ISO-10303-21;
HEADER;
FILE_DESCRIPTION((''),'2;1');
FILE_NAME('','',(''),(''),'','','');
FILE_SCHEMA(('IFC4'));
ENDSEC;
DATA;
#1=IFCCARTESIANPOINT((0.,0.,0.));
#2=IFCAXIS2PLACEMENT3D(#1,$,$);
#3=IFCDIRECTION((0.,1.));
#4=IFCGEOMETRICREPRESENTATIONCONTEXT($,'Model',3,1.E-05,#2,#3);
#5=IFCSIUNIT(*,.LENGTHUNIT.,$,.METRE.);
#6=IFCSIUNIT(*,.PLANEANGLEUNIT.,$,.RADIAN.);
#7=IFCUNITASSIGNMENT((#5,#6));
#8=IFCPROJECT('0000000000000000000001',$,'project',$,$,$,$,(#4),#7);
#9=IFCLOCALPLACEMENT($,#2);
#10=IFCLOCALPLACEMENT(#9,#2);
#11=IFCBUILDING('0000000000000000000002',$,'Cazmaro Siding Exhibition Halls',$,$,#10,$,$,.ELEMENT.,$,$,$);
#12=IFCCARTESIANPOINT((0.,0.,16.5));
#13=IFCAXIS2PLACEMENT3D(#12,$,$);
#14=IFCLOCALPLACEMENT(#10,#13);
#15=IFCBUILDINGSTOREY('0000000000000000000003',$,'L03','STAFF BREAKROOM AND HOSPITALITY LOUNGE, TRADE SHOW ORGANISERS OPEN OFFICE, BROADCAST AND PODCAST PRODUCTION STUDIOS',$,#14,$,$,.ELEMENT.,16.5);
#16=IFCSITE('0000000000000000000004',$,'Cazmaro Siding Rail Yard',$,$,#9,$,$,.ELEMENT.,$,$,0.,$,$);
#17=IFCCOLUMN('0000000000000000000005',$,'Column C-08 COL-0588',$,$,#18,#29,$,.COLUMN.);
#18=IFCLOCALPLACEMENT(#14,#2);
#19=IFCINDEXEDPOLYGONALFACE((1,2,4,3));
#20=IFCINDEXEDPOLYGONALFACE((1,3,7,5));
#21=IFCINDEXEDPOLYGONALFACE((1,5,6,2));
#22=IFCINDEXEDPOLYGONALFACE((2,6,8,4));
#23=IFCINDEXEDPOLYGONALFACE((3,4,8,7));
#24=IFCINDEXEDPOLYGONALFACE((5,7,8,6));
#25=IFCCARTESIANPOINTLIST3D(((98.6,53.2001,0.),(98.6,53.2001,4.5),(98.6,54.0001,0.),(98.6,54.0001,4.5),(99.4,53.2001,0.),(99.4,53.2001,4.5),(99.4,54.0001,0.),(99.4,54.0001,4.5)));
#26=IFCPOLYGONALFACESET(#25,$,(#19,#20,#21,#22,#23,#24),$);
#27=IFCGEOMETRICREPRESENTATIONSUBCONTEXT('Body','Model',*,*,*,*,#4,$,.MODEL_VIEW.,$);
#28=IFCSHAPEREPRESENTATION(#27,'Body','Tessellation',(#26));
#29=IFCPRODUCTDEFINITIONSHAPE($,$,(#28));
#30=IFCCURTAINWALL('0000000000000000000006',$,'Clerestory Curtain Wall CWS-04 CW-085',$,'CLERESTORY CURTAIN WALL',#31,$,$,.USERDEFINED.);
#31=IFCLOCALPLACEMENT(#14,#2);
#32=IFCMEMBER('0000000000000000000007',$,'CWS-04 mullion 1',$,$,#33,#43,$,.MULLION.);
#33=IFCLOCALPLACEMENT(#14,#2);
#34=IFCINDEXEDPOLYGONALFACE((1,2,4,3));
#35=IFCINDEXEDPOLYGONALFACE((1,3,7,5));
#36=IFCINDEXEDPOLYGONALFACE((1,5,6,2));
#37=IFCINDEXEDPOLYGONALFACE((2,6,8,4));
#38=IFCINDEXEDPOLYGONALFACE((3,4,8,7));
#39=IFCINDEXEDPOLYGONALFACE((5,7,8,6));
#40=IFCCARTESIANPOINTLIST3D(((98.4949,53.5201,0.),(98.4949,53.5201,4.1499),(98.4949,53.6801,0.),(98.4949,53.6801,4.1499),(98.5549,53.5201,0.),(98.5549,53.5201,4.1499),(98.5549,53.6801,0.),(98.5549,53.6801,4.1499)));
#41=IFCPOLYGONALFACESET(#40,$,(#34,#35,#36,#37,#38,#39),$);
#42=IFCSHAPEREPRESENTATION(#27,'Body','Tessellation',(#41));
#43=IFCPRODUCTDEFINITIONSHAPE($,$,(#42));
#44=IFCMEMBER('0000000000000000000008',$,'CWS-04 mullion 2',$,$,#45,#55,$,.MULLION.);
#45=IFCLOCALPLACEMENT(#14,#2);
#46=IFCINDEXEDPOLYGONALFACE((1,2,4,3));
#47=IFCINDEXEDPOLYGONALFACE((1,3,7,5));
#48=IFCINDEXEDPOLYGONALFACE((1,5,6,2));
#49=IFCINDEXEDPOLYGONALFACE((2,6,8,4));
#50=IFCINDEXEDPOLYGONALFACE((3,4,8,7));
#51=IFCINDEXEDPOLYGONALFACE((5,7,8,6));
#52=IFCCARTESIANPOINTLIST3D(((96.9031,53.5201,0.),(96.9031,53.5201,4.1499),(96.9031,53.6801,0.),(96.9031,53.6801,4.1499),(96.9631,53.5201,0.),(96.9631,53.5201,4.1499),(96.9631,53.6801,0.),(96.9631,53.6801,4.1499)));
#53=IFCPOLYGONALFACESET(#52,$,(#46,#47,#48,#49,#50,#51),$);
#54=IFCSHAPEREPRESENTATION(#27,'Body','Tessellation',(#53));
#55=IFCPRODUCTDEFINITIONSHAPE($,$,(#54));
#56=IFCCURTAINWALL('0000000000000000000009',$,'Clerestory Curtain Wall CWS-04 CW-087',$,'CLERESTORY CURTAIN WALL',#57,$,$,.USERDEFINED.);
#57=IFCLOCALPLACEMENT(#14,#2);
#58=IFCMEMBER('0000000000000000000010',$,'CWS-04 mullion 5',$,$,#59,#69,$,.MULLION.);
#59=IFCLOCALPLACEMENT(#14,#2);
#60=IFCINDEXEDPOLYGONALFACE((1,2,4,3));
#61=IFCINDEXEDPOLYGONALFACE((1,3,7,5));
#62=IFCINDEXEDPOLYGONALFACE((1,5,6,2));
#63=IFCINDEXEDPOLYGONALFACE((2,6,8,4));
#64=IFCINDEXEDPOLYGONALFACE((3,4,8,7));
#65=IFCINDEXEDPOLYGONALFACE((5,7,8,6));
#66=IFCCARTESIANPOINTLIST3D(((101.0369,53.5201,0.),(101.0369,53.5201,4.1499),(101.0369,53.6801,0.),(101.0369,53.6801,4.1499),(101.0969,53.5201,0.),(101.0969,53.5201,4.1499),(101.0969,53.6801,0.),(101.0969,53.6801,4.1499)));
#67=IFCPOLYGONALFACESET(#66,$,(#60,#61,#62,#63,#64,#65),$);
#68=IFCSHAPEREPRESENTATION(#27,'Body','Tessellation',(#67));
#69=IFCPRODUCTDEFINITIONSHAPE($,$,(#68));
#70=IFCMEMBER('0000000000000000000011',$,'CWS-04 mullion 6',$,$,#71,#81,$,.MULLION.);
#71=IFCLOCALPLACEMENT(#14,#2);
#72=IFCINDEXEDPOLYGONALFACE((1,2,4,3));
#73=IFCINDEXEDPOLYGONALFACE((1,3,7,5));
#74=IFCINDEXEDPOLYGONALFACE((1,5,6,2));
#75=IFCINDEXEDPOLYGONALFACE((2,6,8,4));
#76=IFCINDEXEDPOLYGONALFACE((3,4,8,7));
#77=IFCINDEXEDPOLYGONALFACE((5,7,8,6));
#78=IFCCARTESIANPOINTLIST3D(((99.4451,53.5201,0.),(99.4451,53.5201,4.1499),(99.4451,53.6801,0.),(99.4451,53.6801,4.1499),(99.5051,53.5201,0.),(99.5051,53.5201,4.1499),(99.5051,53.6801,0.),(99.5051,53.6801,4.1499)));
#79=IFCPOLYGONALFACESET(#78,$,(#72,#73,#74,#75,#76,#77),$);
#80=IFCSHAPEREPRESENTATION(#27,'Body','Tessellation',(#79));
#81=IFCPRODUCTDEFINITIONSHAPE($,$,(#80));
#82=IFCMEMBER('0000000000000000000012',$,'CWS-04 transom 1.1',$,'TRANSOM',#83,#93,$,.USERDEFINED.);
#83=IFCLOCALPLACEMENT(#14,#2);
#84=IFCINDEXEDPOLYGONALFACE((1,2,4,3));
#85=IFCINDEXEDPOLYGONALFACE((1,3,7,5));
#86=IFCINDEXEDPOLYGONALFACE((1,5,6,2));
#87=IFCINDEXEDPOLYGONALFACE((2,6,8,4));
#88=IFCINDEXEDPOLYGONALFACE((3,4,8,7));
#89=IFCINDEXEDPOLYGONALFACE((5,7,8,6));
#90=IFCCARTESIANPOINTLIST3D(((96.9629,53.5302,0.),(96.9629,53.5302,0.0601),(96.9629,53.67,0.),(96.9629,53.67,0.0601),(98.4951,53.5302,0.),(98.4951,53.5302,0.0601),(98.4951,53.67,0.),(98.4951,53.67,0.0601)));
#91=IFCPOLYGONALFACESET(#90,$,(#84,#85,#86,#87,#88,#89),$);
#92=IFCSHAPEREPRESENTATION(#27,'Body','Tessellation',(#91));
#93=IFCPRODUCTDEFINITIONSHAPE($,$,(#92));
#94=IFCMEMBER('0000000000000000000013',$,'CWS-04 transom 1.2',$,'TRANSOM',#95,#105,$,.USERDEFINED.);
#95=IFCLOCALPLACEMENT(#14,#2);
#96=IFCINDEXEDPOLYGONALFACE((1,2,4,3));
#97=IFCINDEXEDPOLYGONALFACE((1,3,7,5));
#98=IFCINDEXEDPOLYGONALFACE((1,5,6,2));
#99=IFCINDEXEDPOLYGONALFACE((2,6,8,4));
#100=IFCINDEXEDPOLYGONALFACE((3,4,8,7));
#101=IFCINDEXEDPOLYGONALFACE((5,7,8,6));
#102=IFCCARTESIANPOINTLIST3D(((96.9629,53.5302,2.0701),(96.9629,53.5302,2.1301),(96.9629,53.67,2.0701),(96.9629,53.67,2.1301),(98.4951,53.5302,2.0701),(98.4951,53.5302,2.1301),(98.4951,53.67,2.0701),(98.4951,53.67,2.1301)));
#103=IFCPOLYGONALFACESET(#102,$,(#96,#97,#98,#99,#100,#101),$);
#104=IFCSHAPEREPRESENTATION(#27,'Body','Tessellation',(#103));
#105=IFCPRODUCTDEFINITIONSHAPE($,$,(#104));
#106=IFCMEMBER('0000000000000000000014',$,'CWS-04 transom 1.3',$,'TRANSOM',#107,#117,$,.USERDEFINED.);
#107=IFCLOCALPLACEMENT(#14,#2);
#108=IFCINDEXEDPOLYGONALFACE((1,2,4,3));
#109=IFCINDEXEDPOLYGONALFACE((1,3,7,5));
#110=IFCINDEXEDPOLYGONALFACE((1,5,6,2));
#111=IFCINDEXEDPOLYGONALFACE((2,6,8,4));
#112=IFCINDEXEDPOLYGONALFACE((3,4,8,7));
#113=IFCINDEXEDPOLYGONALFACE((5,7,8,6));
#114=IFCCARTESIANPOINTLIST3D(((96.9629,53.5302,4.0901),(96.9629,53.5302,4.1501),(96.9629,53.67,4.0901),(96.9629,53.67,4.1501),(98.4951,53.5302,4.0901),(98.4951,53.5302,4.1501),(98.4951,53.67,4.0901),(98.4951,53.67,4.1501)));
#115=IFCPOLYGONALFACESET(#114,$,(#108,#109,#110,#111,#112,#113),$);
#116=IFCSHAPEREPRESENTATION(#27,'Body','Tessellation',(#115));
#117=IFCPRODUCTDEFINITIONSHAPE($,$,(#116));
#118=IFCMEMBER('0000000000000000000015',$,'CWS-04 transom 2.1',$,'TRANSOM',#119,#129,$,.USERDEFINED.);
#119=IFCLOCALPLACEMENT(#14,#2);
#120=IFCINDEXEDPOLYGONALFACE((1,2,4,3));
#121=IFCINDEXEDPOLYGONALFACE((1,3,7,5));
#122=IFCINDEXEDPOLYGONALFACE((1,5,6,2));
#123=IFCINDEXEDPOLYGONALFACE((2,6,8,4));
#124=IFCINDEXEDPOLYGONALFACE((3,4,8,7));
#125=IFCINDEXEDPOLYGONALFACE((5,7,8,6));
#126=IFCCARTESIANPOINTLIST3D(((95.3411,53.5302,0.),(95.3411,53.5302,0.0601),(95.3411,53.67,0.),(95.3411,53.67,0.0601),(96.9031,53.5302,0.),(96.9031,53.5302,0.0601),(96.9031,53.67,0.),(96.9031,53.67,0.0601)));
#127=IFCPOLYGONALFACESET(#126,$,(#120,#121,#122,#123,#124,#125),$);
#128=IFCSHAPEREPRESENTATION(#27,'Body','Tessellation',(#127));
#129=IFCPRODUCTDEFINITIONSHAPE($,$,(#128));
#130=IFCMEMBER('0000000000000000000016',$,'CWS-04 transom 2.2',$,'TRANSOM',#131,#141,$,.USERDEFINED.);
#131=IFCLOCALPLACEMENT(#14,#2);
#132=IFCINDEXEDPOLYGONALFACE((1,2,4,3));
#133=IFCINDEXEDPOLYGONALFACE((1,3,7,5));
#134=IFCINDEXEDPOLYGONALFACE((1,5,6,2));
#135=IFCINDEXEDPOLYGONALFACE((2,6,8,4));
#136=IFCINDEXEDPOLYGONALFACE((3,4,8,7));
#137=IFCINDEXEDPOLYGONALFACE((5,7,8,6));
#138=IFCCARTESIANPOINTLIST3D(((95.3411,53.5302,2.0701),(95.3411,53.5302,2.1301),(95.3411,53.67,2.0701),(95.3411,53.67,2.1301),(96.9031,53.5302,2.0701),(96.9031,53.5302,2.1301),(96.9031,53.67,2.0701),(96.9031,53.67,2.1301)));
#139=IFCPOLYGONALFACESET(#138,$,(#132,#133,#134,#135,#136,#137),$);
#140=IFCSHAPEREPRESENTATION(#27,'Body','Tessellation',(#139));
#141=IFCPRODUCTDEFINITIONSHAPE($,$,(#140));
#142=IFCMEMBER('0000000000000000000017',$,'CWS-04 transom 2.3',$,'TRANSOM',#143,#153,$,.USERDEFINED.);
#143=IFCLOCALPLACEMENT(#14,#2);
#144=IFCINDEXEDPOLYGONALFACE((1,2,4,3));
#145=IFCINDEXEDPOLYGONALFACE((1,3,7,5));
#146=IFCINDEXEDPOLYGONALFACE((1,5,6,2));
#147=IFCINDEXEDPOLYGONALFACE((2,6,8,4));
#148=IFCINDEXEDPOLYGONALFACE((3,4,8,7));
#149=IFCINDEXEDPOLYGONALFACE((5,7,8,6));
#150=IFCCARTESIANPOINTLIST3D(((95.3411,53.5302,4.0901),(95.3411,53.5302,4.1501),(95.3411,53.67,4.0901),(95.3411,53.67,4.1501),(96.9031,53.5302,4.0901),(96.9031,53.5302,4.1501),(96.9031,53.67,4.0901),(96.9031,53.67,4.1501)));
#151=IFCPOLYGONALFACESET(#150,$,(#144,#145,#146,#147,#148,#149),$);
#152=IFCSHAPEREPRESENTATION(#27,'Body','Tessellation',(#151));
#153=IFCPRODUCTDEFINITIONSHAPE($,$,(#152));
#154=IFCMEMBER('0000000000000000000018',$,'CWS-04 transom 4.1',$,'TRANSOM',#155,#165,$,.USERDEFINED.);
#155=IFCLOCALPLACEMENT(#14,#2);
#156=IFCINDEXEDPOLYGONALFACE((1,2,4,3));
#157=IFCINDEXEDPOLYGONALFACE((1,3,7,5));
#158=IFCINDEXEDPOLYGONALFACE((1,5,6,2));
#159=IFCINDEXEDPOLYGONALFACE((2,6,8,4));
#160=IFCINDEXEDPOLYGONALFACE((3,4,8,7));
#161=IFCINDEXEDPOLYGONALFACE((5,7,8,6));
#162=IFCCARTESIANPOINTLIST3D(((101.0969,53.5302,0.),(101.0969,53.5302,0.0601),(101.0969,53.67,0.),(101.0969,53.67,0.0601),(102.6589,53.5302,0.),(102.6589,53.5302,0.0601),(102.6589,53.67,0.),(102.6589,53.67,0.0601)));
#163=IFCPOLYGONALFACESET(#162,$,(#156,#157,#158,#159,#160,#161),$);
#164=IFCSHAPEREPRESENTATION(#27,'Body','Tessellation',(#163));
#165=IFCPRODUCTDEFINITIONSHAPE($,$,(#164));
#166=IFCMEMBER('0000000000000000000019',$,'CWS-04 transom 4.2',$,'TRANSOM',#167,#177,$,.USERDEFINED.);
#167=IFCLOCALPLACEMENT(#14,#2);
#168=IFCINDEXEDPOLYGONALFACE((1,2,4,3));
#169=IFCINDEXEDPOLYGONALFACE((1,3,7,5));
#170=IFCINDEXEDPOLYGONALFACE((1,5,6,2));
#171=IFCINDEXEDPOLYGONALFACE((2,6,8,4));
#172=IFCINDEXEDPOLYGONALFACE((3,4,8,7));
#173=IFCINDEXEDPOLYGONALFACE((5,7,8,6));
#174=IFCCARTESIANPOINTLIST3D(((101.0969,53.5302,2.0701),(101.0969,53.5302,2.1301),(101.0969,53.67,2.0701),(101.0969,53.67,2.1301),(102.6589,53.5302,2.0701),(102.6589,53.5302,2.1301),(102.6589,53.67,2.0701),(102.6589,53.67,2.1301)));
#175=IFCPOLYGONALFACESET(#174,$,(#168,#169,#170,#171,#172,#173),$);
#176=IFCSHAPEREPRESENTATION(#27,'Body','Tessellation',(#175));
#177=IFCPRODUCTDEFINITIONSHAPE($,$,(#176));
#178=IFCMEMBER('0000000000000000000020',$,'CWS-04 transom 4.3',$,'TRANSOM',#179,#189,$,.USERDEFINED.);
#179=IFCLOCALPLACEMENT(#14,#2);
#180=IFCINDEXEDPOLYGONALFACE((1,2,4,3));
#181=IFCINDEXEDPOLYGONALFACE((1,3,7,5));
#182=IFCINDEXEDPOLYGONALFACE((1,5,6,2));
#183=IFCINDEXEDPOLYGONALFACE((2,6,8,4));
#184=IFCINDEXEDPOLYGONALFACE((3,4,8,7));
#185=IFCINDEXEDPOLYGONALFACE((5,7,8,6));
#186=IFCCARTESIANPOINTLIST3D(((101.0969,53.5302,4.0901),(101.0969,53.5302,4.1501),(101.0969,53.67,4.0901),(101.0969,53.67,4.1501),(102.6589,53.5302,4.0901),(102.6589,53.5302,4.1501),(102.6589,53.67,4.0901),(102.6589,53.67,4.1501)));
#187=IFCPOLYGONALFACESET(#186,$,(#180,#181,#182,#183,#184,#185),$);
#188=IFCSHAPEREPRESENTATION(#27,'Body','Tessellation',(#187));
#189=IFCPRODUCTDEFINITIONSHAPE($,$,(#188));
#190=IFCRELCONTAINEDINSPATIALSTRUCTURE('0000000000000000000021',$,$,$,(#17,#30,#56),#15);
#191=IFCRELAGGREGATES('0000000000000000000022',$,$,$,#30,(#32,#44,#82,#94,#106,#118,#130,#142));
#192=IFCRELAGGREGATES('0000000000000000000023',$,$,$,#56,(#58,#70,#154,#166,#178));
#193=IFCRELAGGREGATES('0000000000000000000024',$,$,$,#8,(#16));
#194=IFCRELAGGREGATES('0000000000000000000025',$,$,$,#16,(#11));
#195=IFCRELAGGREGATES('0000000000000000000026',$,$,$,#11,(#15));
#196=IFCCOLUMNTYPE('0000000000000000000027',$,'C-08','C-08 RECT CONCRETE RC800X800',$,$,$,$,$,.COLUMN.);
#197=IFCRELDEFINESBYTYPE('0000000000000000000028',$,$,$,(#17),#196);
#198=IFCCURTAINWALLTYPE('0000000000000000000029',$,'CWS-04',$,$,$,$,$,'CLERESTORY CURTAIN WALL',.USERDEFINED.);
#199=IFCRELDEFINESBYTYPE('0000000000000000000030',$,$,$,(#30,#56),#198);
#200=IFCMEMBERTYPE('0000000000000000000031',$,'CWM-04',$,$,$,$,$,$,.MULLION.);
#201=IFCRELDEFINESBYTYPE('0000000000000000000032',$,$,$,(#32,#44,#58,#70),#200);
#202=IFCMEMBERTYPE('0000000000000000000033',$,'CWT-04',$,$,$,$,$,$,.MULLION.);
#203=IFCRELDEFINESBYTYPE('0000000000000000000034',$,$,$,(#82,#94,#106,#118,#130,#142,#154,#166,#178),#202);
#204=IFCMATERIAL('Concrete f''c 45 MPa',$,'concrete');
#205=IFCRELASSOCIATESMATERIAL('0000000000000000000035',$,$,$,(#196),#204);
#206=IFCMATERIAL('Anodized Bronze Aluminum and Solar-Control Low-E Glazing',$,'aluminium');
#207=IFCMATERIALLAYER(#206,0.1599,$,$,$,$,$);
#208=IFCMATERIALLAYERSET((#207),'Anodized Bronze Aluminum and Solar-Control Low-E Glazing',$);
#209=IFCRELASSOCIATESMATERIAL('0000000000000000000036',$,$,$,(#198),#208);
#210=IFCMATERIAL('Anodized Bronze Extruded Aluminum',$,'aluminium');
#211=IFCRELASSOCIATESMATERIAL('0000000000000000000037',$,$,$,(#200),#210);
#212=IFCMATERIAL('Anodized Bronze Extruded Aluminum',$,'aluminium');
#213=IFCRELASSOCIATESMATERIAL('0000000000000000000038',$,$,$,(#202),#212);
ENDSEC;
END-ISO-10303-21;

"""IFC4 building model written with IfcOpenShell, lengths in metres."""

from ifc_helpers import new_model, si_unit, direction, frame, origin, origin_2d, place, context, subcontext, project, spatial, rectangle, extrude, material, layer, layer_set, material_profile, profile_set, type_object, element, aggregate, save


model = new_model("IFC4")

# Units and contexts
model_context = context("Model", 3, precision=1e-05, world=origin(), true_north=direction((0.0, 1.0)))
body_context = subcontext(model_context, "Body", "Model", "MODEL_VIEW")
ifc_project = project(units=[si_unit("LENGTHUNIT", "METRE"), si_unit("PLANEANGLEUNIT", "RADIAN")], contexts=[model_context])

# Site, building, storey
site_placement = place(None, origin())
site = spatial("IfcSite", under=ifc_project, at=site_placement, Name="Cazmaro Siding Rail Yard", CompositionType="ELEMENT", RefElevation=0.0)
building_placement = place(site_placement, origin())
building = spatial("IfcBuilding", under=site, at=building_placement, Name="Cazmaro Siding Exhibition Halls", CompositionType="ELEMENT")
storey_placement = place(building_placement, frame((0.0, 0.0, 16.5)))
storey = spatial("IfcBuildingStorey", under=building, at=storey_placement, Name="L03", Description="STAFF BREAKROOM AND HOSPITALITY LOUNGE, TRADE SHOW ORGANISERS OPEN OFFICE, BROADCAST AND PODCAST PRODUCTION STUDIOS", CompositionType="ELEMENT", Elevation=16.5)

# Column
ifc_material_1 = material(Name="Concrete f'c 45 MPa", Category="concrete")
ifc_material_profile_1 = material_profile(ifc_material_1, rectangle(XDim=0.8, YDim=0.8, at=origin_2d()), Name="RC800X800")
ifc_profile_set_1 = profile_set([ifc_material_profile_1], Name="Concrete f'c 45 MPa")
column_type = type_object("IfcColumnType", Name="C-08", Description="C-08 RECT CONCRETE RC800X800", PredefinedType="COLUMN", material=ifc_profile_set_1)
column_placement = place(storey_placement, frame((99.0, 53.6001, 0.0), z_axis=(0.0, 0.0, 1.0), x_axis=(1.0, 0.0, 0.0)))
element("IfcColumn", 1, at=column_placement, inside=storey, type_object=column_type, Name="Column C-08 COL-0588", PredefinedType="COLUMN", context=body_context, shape_type="SweptSolid", body=[
    extrude(rectangle(XDim=0.8, YDim=0.8, at=origin_2d()), origin(), (0.0, 0.0, 1.0), 4.5),
])

# Curtain walls, members
ifc_material_2 = material(Name="Anodized Bronze Aluminum and Solar-Control Low-E Glazing", Category="aluminium")
ifc_layer_1 = layer(ifc_material_2, 0.1599)
ifc_layer_set_1 = layer_set([ifc_layer_1], Name="Anodized Bronze Aluminum and Solar-Control Low-E Glazing")
curtain_wall_type = type_object("IfcCurtainWallType", Name="CWS-04", ElementType="CLERESTORY CURTAIN WALL", PredefinedType="USERDEFINED", material=ifc_layer_set_1)
curtain_wall_1_placement = place(storey_placement, origin())
curtain_wall_1 = element("IfcCurtainWall", 2, at=curtain_wall_1_placement, inside=storey, type_object=curtain_wall_type, Name="Clerestory Curtain Wall CWS-04 CW-085", ObjectType="CLERESTORY CURTAIN WALL", PredefinedType="USERDEFINED")
ifc_material_3 = material(Name="Anodized Bronze Extruded Aluminum", Category="aluminium")
ifc_material_profile_2 = material_profile(ifc_material_3, rectangle(XDim=0.1599, YDim=0.0601, at=origin_2d()), Name="CWM-04")
ifc_profile_set_2 = profile_set([ifc_material_profile_2], Name="Anodized Bronze Extruded Aluminum")
member_type_1 = type_object("IfcMemberType", Name="CWM-04", PredefinedType="MULLION", material=ifc_profile_set_2)
member_1_placement = place(storey_placement, frame((98.5249, 53.6001, 0.0), z_axis=(0.0, 0.0, 1.0), x_axis=(0.0, -1.0, 0.0)))
member_1 = element("IfcMember", 3, at=member_1_placement, type_object=member_type_1, Name="CWS-04 mullion 1", PredefinedType="MULLION", context=body_context, shape_type="SweptSolid", body=[
    extrude(rectangle(XDim=0.1599, YDim=0.0601, at=origin_2d()), origin(), (0.0, 0.0, 1.0), 4.1499),
])
member_2_placement = place(storey_placement, frame((96.9331, 53.6001, 0.0), z_axis=(0.0, 0.0, 1.0), x_axis=(0.0, -1.0, 0.0)))
member_2 = element("IfcMember", 4, at=member_2_placement, type_object=member_type_1, Name="CWS-04 mullion 2", PredefinedType="MULLION", context=body_context, shape_type="SweptSolid", body=[
    extrude(rectangle(XDim=0.1599, YDim=0.0601, at=origin_2d()), origin(), (0.0, 0.0, 1.0), 4.1499),
])
curtain_wall_2_placement = place(storey_placement, origin())
curtain_wall_2 = element("IfcCurtainWall", 5, at=curtain_wall_2_placement, inside=storey, type_object=curtain_wall_type, Name="Clerestory Curtain Wall CWS-04 CW-087", ObjectType="CLERESTORY CURTAIN WALL", PredefinedType="USERDEFINED")
member_3_placement = place(storey_placement, frame((101.0669, 53.6001, 0.0), z_axis=(0.0, 0.0, 1.0), x_axis=(0.0, -1.0, 0.0)))
member_3 = element("IfcMember", 6, at=member_3_placement, type_object=member_type_1, Name="CWS-04 mullion 5", PredefinedType="MULLION", context=body_context, shape_type="SweptSolid", body=[
    extrude(rectangle(XDim=0.1599, YDim=0.0601, at=origin_2d()), origin(), (0.0, 0.0, 1.0), 4.1499),
])
member_4_placement = place(storey_placement, frame((99.4751, 53.6001, 0.0), z_axis=(0.0, 0.0, 1.0), x_axis=(0.0, -1.0, 0.0)))
member_4 = element("IfcMember", 7, at=member_4_placement, type_object=member_type_1, Name="CWS-04 mullion 6", PredefinedType="MULLION", context=body_context, shape_type="SweptSolid", body=[
    extrude(rectangle(XDim=0.1599, YDim=0.0601, at=origin_2d()), origin(), (0.0, 0.0, 1.0), 4.1499),
])

# Members
ifc_material_4 = material(Name="Anodized Bronze Extruded Aluminum", Category="aluminium")
ifc_material_profile_3 = material_profile(ifc_material_4, rectangle(XDim=0.1399, YDim=0.0601, at=origin_2d()), Name="CWT-04")
ifc_profile_set_3 = profile_set([ifc_material_profile_3], Name="Anodized Bronze Extruded Aluminum")
member_type_2 = type_object("IfcMemberType", Name="CWT-04", PredefinedType="MULLION", material=ifc_profile_set_3)
member_5_placement = place(storey_placement, frame((98.4951, 53.6001, 0.03), z_axis=(-1.0, 0.0, 0.0), x_axis=(0.0, -1.0, 0.0)))
member_5 = element("IfcMember", 8, at=member_5_placement, type_object=member_type_2, Name="CWS-04 transom 1.1", ObjectType="TRANSOM", PredefinedType="USERDEFINED", context=body_context, shape_type="SweptSolid", body=[
    extrude(rectangle(XDim=0.1399, YDim=0.0601, at=origin_2d()), origin(), (0.0, 0.0, 1.0), 1.5322),
])
member_6_placement = place(storey_placement, frame((98.4951, 53.6001, 2.1001), z_axis=(-1.0, 0.0, 0.0), x_axis=(0.0, -1.0, 0.0)))
member_6 = element("IfcMember", 9, at=member_6_placement, type_object=member_type_2, Name="CWS-04 transom 1.2", ObjectType="TRANSOM", PredefinedType="USERDEFINED", context=body_context, shape_type="SweptSolid", body=[
    extrude(rectangle(XDim=0.1399, YDim=0.0601, at=origin_2d()), origin(), (0.0, 0.0, 1.0), 1.5322),
])
member_7_placement = place(storey_placement, frame((98.4951, 53.6001, 4.1201), z_axis=(-1.0, 0.0, 0.0), x_axis=(0.0, -1.0, 0.0)))
member_7 = element("IfcMember", 10, at=member_7_placement, type_object=member_type_2, Name="CWS-04 transom 1.3", ObjectType="TRANSOM", PredefinedType="USERDEFINED", context=body_context, shape_type="SweptSolid", body=[
    extrude(rectangle(XDim=0.1399, YDim=0.0601, at=origin_2d()), origin(), (0.0, 0.0, 1.0), 1.5322),
])
member_8_placement = place(storey_placement, frame((96.9031, 53.6001, 0.03), z_axis=(-1.0, 0.0, 0.0), x_axis=(0.0, -1.0, 0.0)))
member_8 = element("IfcMember", 11, at=member_8_placement, type_object=member_type_2, Name="CWS-04 transom 2.1", ObjectType="TRANSOM", PredefinedType="USERDEFINED", context=body_context, shape_type="SweptSolid", body=[
    extrude(rectangle(XDim=0.1399, YDim=0.0601, at=origin_2d()), origin(), (0.0, 0.0, 1.0), 1.562),
])
member_9_placement = place(storey_placement, frame((96.9031, 53.6001, 2.1001), z_axis=(-1.0, 0.0, 0.0), x_axis=(0.0, -1.0, 0.0)))
member_9 = element("IfcMember", 12, at=member_9_placement, type_object=member_type_2, Name="CWS-04 transom 2.2", ObjectType="TRANSOM", PredefinedType="USERDEFINED", context=body_context, shape_type="SweptSolid", body=[
    extrude(rectangle(XDim=0.1399, YDim=0.0601, at=origin_2d()), origin(), (0.0, 0.0, 1.0), 1.562),
])
member_10_placement = place(storey_placement, frame((96.9031, 53.6001, 4.1201), z_axis=(-1.0, 0.0, 0.0), x_axis=(0.0, -1.0, 0.0)))
member_10 = element("IfcMember", 13, at=member_10_placement, type_object=member_type_2, Name="CWS-04 transom 2.3", ObjectType="TRANSOM", PredefinedType="USERDEFINED", context=body_context, shape_type="SweptSolid", body=[
    extrude(rectangle(XDim=0.1399, YDim=0.0601, at=origin_2d()), origin(), (0.0, 0.0, 1.0), 1.562),
])
member_11_placement = place(storey_placement, frame((102.6589, 53.6001, 0.03), z_axis=(-1.0, 0.0, 0.0), x_axis=(0.0, -1.0, 0.0)))
member_11 = element("IfcMember", 14, at=member_11_placement, type_object=member_type_2, Name="CWS-04 transom 4.1", ObjectType="TRANSOM", PredefinedType="USERDEFINED", context=body_context, shape_type="SweptSolid", body=[
    extrude(rectangle(XDim=0.1399, YDim=0.0601, at=origin_2d()), origin(), (0.0, 0.0, 1.0), 1.562),
])
member_12_placement = place(storey_placement, frame((102.6589, 53.6001, 2.1001), z_axis=(-1.0, 0.0, 0.0), x_axis=(0.0, -1.0, 0.0)))
member_12 = element("IfcMember", 15, at=member_12_placement, type_object=member_type_2, Name="CWS-04 transom 4.2", ObjectType="TRANSOM", PredefinedType="USERDEFINED", context=body_context, shape_type="SweptSolid", body=[
    extrude(rectangle(XDim=0.1399, YDim=0.0601, at=origin_2d()), origin(), (0.0, 0.0, 1.0), 1.562),
])
member_13_placement = place(storey_placement, frame((102.6589, 53.6001, 4.1201), z_axis=(-1.0, 0.0, 0.0), x_axis=(0.0, -1.0, 0.0)))
member_13 = element("IfcMember", 16, at=member_13_placement, type_object=member_type_2, Name="CWS-04 transom 4.3", ObjectType="TRANSOM", PredefinedType="USERDEFINED", context=body_context, shape_type="SweptSolid", body=[
    extrude(rectangle(XDim=0.1399, YDim=0.0601, at=origin_2d()), origin(), (0.0, 0.0, 1.0), 1.562),
])

aggregate(curtain_wall_1, [member_1, member_2, member_5, member_6, member_7, member_8, member_9, member_10])
aggregate(curtain_wall_2, [member_3, member_4, member_11, member_12, member_13])

save(model, "model.ifc")
